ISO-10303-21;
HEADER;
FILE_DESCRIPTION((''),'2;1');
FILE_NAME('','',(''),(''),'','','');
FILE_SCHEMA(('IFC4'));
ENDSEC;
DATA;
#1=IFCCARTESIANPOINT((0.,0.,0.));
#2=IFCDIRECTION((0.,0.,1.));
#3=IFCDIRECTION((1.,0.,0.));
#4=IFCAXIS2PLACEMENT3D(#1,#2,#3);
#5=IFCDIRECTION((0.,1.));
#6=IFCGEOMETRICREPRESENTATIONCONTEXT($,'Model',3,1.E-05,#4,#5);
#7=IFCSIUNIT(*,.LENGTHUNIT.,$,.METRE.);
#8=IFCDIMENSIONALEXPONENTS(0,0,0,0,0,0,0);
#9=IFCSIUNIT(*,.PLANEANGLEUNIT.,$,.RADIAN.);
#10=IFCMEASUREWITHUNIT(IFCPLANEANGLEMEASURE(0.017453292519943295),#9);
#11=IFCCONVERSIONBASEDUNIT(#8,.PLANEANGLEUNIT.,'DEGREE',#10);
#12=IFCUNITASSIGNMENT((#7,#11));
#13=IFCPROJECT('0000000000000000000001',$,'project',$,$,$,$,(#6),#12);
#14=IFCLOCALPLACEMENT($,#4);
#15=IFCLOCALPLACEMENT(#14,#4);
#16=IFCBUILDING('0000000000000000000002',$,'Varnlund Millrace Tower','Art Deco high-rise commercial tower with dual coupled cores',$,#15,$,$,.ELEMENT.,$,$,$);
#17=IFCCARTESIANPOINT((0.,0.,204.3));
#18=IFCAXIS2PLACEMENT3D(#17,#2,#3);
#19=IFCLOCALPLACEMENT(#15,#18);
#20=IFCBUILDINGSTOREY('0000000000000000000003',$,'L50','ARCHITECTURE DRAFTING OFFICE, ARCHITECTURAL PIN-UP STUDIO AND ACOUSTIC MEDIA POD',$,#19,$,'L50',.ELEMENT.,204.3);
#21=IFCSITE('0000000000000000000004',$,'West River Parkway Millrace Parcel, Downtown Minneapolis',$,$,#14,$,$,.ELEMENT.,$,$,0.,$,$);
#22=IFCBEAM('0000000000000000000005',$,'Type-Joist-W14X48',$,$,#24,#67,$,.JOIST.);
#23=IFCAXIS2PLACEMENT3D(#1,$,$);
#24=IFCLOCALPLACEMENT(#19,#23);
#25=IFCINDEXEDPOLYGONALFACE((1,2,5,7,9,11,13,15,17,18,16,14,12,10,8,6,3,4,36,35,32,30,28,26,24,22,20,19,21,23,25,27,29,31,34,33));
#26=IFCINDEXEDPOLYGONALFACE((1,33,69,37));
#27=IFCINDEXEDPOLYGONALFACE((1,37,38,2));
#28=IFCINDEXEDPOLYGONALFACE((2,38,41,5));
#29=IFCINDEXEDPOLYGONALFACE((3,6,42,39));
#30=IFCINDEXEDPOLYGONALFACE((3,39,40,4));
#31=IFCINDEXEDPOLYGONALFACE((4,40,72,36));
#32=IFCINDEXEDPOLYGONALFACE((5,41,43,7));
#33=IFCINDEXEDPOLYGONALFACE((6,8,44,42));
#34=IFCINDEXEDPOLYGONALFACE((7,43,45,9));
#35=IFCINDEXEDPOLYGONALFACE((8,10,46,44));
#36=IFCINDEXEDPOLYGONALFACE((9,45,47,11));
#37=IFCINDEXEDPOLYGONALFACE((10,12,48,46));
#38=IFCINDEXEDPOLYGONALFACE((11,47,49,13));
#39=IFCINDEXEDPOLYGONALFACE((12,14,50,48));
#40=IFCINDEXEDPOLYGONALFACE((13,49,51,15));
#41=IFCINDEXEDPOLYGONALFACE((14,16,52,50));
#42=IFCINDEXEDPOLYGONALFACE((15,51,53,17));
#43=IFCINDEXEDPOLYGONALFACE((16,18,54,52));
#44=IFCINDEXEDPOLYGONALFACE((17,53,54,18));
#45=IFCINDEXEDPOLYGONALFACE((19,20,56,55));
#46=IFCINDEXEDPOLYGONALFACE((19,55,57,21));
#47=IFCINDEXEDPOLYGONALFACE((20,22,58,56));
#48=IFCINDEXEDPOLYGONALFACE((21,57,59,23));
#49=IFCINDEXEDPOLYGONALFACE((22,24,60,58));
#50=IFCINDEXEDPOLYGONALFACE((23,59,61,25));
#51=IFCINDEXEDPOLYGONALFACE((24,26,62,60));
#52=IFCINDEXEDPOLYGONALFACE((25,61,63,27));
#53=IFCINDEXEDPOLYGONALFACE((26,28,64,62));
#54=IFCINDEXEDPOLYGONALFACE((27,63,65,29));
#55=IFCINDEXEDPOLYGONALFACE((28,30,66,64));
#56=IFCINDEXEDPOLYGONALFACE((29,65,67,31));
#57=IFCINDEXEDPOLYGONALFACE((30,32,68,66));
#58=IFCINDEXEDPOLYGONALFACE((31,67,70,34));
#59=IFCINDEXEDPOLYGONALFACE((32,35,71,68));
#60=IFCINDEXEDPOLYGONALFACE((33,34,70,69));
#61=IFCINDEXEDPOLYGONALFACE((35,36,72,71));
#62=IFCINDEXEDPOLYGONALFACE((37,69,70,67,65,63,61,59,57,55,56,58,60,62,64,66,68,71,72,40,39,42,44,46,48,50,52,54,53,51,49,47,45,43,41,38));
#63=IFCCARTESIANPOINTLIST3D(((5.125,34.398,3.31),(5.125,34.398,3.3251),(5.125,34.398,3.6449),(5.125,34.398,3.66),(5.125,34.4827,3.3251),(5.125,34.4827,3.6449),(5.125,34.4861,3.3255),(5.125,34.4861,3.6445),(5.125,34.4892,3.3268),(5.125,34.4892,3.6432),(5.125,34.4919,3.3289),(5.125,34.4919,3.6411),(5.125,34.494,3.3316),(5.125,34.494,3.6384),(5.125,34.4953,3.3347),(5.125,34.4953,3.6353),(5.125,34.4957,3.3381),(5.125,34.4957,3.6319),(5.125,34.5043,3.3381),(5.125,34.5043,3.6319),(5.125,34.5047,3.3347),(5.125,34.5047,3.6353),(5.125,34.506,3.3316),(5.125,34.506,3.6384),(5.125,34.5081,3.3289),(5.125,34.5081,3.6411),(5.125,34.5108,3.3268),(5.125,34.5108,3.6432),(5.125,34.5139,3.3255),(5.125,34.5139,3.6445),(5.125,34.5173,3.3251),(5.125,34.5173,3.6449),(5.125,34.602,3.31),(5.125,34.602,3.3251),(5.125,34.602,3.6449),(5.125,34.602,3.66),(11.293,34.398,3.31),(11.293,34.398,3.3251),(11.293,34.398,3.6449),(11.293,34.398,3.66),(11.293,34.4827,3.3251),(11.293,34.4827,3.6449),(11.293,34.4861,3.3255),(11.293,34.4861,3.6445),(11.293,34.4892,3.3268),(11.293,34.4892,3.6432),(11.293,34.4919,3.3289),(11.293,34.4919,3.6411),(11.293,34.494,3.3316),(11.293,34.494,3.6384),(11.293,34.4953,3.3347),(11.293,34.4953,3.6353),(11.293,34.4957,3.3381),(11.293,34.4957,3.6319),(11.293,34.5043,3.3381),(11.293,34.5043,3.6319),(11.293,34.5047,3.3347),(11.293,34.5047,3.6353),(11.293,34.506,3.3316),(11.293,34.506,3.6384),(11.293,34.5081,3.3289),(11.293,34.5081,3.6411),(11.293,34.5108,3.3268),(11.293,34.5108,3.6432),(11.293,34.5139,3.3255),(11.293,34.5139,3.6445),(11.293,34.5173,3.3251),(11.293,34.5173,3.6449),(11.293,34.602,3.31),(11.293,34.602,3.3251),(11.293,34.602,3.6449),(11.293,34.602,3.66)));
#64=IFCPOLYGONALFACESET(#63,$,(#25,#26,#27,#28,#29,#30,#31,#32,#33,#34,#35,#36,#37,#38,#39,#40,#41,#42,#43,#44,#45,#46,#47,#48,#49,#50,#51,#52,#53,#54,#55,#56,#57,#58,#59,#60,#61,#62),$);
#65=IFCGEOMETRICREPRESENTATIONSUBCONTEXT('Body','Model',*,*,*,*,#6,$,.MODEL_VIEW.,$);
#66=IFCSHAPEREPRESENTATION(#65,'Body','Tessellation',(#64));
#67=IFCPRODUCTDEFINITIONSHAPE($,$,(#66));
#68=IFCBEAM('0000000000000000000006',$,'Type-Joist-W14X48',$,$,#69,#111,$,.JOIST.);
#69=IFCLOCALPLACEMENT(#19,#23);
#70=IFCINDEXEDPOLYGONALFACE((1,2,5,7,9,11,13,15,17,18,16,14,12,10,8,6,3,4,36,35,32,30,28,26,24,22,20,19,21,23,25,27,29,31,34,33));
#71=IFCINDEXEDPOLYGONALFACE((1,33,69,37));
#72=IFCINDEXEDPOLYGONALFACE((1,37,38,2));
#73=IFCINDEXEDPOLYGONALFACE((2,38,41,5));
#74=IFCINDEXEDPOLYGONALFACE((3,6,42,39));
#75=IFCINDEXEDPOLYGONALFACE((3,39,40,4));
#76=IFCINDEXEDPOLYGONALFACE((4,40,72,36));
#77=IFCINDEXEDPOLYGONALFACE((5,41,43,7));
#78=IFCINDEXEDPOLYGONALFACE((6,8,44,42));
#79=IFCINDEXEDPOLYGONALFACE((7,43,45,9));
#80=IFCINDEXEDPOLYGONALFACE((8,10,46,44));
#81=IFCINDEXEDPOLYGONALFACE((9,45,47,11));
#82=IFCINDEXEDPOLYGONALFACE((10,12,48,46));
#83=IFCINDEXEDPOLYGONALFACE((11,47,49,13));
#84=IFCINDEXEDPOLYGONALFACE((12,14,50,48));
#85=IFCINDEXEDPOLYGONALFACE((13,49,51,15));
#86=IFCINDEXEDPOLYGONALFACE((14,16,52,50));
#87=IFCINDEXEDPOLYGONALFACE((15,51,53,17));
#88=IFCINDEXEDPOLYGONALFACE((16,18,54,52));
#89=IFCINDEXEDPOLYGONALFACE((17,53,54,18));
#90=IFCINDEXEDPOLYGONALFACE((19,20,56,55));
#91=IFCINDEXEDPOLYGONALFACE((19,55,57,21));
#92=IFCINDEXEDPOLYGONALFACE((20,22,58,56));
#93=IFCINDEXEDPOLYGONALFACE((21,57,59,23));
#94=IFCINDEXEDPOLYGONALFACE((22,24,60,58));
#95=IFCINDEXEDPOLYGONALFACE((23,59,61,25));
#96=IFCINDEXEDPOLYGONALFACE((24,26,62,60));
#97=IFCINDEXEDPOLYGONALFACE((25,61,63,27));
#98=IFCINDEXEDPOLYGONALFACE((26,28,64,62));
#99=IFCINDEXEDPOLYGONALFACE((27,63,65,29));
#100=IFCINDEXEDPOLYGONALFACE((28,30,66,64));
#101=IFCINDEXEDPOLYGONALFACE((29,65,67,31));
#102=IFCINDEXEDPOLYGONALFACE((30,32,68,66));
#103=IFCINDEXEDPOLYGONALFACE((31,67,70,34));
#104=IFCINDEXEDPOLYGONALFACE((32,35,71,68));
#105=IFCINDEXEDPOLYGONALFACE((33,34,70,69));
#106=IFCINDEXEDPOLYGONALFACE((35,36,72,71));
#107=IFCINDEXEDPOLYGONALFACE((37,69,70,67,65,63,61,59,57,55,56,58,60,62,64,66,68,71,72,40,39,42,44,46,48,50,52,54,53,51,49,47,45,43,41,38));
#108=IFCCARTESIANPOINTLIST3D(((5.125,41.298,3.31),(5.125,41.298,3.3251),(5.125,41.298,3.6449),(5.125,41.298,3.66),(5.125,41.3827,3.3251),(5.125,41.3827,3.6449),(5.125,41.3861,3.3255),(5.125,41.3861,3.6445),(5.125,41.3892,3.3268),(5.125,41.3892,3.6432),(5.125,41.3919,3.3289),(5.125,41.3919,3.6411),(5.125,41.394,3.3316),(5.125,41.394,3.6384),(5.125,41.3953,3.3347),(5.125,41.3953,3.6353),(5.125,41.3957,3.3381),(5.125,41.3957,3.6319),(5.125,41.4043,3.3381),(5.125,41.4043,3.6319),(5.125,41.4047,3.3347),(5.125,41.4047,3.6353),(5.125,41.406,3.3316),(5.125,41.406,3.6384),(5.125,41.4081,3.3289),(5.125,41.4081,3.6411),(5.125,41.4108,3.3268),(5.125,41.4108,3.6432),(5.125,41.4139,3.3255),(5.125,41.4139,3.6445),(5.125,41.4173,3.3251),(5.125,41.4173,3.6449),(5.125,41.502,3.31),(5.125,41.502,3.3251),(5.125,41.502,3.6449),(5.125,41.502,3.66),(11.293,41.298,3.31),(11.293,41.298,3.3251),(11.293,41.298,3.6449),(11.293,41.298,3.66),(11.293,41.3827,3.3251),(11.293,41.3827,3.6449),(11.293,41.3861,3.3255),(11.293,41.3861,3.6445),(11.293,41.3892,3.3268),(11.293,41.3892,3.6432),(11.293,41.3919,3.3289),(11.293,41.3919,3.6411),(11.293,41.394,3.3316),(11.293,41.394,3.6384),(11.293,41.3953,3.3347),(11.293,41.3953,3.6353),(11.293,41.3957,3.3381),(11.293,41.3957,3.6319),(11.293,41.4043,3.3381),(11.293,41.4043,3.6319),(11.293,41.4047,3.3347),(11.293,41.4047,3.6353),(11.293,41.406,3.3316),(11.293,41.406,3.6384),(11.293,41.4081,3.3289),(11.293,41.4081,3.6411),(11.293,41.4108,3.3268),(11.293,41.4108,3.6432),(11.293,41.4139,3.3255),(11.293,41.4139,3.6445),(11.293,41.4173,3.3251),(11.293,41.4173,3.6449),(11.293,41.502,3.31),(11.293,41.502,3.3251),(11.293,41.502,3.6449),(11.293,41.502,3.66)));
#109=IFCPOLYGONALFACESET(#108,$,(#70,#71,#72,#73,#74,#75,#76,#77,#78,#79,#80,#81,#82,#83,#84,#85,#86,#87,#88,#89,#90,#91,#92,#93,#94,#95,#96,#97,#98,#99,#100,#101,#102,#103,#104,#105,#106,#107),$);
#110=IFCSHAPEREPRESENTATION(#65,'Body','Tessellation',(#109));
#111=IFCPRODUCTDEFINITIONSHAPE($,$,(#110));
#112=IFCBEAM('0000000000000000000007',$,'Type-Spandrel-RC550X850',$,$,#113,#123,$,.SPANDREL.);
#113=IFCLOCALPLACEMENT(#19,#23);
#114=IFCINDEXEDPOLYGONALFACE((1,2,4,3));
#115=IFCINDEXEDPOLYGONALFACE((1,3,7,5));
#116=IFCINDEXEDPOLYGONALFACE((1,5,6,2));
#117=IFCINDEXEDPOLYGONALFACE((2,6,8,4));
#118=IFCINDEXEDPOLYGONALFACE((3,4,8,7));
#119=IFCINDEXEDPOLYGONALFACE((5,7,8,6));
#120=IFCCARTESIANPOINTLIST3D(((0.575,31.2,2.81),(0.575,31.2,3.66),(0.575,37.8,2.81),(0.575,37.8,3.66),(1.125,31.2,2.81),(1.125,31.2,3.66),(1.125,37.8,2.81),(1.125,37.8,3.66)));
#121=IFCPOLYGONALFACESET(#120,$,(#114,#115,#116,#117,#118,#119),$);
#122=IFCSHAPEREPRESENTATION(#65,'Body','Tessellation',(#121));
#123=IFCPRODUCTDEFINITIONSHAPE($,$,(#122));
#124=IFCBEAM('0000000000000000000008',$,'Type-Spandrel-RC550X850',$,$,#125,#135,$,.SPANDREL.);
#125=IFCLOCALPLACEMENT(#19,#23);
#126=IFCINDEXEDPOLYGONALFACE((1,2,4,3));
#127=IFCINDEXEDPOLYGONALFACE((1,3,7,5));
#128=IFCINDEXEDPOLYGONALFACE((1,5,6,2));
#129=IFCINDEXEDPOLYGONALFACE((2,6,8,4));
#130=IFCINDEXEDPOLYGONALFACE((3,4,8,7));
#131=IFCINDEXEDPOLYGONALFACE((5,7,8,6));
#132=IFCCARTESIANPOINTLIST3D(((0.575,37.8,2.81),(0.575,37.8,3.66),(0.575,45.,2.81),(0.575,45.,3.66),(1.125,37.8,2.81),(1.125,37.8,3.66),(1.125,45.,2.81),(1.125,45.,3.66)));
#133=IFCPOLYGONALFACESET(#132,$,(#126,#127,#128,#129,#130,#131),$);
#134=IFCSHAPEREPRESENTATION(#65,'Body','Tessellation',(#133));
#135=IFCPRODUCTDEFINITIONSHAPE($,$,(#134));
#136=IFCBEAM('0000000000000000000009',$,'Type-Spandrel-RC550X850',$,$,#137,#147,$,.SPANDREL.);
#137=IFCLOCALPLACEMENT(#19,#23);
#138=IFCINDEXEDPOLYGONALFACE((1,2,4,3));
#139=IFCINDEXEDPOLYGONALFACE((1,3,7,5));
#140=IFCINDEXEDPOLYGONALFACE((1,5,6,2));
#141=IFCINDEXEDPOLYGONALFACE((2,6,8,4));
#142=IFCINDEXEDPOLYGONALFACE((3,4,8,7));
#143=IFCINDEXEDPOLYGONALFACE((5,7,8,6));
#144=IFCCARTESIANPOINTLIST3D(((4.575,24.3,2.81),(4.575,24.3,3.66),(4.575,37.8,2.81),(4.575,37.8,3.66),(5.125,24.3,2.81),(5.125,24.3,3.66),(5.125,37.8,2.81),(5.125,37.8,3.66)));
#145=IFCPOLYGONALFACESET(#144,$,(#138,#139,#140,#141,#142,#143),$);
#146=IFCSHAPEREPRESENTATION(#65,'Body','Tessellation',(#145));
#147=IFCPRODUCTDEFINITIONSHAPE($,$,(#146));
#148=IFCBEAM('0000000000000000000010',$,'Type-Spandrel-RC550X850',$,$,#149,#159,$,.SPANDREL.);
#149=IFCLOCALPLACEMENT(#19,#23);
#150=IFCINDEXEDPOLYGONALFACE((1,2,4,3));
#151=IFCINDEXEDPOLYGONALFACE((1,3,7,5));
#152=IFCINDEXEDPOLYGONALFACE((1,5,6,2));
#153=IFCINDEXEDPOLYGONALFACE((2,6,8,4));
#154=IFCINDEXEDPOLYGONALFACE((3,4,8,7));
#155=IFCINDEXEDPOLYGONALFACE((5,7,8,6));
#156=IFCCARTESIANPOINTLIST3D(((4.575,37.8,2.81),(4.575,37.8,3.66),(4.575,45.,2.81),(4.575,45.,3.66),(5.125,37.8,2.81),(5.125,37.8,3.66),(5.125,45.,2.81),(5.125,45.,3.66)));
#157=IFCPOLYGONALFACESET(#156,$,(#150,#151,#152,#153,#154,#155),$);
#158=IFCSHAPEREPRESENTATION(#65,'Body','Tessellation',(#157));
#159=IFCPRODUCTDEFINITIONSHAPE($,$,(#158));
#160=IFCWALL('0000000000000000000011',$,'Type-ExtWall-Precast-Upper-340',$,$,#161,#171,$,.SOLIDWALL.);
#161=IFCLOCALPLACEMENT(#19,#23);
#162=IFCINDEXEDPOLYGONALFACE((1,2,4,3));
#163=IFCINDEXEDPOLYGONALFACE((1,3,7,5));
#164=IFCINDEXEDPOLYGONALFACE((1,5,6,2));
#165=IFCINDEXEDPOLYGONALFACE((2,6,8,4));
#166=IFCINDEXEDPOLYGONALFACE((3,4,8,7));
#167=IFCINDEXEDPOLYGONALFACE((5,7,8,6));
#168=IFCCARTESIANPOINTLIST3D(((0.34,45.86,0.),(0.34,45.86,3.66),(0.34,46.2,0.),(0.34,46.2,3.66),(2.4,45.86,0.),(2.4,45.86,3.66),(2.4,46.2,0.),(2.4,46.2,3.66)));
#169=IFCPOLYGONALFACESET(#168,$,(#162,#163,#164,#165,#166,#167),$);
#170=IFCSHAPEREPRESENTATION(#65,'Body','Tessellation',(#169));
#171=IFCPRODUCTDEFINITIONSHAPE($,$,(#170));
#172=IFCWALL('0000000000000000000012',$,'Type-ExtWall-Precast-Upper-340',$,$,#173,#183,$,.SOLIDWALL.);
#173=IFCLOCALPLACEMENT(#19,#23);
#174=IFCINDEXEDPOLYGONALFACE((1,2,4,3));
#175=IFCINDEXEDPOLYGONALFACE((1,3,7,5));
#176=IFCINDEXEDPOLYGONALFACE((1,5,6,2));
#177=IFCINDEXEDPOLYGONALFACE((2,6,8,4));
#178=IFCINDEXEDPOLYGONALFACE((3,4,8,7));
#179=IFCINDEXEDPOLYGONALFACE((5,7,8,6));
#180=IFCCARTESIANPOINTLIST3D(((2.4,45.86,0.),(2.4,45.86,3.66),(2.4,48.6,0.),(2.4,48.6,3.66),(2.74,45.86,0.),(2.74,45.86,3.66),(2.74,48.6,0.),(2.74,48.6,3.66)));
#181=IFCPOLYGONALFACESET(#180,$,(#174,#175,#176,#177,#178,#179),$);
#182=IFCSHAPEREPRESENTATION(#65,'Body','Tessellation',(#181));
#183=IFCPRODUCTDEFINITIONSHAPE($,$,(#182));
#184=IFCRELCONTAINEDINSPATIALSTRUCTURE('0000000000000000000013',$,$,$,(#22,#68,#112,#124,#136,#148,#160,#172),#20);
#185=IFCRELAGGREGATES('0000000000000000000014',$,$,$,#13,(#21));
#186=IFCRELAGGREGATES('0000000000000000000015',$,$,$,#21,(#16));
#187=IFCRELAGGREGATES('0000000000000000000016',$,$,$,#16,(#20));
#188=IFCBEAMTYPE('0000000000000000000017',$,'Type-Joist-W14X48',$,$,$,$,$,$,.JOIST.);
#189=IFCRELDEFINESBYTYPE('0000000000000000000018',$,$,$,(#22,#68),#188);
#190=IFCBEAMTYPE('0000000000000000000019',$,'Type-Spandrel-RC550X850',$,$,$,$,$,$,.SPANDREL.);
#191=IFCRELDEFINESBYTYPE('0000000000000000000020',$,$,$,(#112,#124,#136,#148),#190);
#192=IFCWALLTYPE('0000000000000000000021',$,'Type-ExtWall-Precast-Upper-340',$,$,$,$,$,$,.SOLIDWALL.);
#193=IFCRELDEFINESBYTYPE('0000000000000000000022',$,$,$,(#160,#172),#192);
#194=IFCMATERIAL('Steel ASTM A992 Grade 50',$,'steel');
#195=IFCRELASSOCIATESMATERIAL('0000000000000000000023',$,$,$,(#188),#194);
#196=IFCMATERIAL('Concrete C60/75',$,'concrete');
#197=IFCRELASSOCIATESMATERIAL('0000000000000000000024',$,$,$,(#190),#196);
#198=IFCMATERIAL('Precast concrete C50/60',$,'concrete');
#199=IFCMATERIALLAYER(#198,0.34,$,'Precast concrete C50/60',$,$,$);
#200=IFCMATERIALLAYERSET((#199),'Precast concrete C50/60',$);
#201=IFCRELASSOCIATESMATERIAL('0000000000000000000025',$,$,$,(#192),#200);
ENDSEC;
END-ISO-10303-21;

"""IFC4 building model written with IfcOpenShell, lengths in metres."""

from ifc_helpers import new_model, entity, si_unit, converted_unit, direction, frame, origin_with_axes, origin_2d_with_axis, place, context, subcontext, project, spatial, polyline, rectangle, i_section, outline, extrude, material, layer, layer_set, material_profile, profile_set, type_object, element, save


model = new_model("IFC4")

# Units and contexts
model_context = context("Model", 3, precision=1e-05, world=origin_with_axes(), true_north=direction((0.0, 1.0)))
body_context = subcontext(model_context, "Body", "Model", "MODEL_VIEW")
ifc_project = project(units=[si_unit("LENGTHUNIT", "METRE"), converted_unit("PLANEANGLEUNIT", "DEGREE", entity("IfcPlaneAngleMeasure", 0.017453292519943295), si_unit("PLANEANGLEUNIT", "RADIAN"), dimensions=[0, 0, 0, 0, 0, 0, 0])], contexts=[model_context])

# Site, building, storey
site_placement = place(None, origin_with_axes())
site = spatial("IfcSite", under=ifc_project, at=site_placement, Name="West River Parkway Millrace Parcel, Downtown Minneapolis", CompositionType="ELEMENT", RefElevation=0.0)
building_placement = place(site_placement, origin_with_axes())
building = spatial("IfcBuilding", under=site, at=building_placement, Name="Varnlund Millrace Tower", Description="Art Deco high-rise commercial tower with dual coupled cores", CompositionType="ELEMENT")
storey_placement = place(building_placement, frame((0.0, 0.0, 204.3), z_axis=(0.0, 0.0, 1.0), x_axis=(1.0, 0.0, 0.0)))
storey = spatial("IfcBuildingStorey", under=building, at=storey_placement, Name="L50", Description="ARCHITECTURE DRAFTING OFFICE, ARCHITECTURAL PIN-UP STUDIO AND ACOUSTIC MEDIA POD", LongName="L50", CompositionType="ELEMENT", Elevation=204.3)

# Beams
ifc_material_1 = material(Name="Steel ASTM A992 Grade 50", Category="steel")
ifc_material_profile_1 = material_profile(ifc_material_1, i_section(OverallWidth=0.204, OverallDepth=0.35, WebThickness=0.0086, FlangeThickness=0.0151, FilletRadius=0.013, at=origin_2d_with_axis()), Name="Steel ASTM A992 Grade 50")
ifc_profile_set_1 = profile_set([ifc_material_profile_1], Name="Steel ASTM A992 Grade 50")
beam_type_1 = type_object("IfcBeamType", Name="Type-Joist-W14X48", PredefinedType="JOIST", material=ifc_profile_set_1)
for number, where, z_axis, x_axis, name in (
    (1, (5.125, 34.5, 3.485), (1.0, 0.0, 0.0), (0.0, 1.0, 0.0), "Type-Joist-W14X48"),
    (2, (5.125, 41.4, 3.485), (1.0, 0.0, 0.0), (0.0, 1.0, 0.0), "Type-Joist-W14X48"),
):
    element("IfcBeam", number, at=place(storey_placement, frame(where, z_axis=z_axis, x_axis=x_axis)), inside=storey, type_object=beam_type_1, Name=name, PredefinedType="JOIST", context=body_context, shape_type="SweptSolid", body=[
        extrude(i_section(OverallWidth=0.204, OverallDepth=0.35, WebThickness=0.0086, FlangeThickness=0.0151, FilletRadius=0.013, at=origin_2d_with_axis()), origin_with_axes(), (0.0, 0.0, 1.0), 6.168),
    ])
ifc_material_2 = material(Name="Concrete C60/75", Category="concrete")
ifc_material_profile_2 = material_profile(ifc_material_2, rectangle(XDim=0.55, YDim=0.85, at=origin_2d_with_axis()), Name="Concrete C60/75")
ifc_profile_set_2 = profile_set([ifc_material_profile_2], Name="Concrete C60/75")
beam_type_2 = type_object("IfcBeamType", Name="Type-Spandrel-RC550X850", PredefinedType="SPANDREL", material=ifc_profile_set_2)
beam_1_placement = place(storey_placement, frame((0.85, 31.2, 3.235), z_axis=(0.0, 1.0, 0.0), x_axis=(-1.0, 0.0, 0.0)))
element("IfcBeam", 3, at=beam_1_placement, inside=storey, type_object=beam_type_2, Name="Type-Spandrel-RC550X850", PredefinedType="SPANDREL", context=body_context, shape_type="SweptSolid", body=[
    extrude(rectangle(XDim=0.55, YDim=0.85, at=origin_2d_with_axis()), origin_with_axes(), (0.0, 0.0, 1.0), 6.6),
])
beam_2_placement = place(storey_placement, frame((0.85, 37.8, 3.235), z_axis=(0.0, 1.0, 0.0), x_axis=(-1.0, 0.0, 0.0)))
element("IfcBeam", 4, at=beam_2_placement, inside=storey, type_object=beam_type_2, Name="Type-Spandrel-RC550X850", PredefinedType="SPANDREL", context=body_context, shape_type="SweptSolid", body=[
    extrude(rectangle(XDim=0.55, YDim=0.85, at=origin_2d_with_axis()), origin_with_axes(), (0.0, 0.0, 1.0), 7.2),
])
beam_3_placement = place(storey_placement, frame((4.85, 24.3, 3.235), z_axis=(0.0, 1.0, 0.0), x_axis=(-1.0, 0.0, 0.0)))
element("IfcBeam", 5, at=beam_3_placement, inside=storey, type_object=beam_type_2, Name="Type-Spandrel-RC550X850", PredefinedType="SPANDREL", context=body_context, shape_type="SweptSolid", body=[
    extrude(rectangle(XDim=0.55, YDim=0.85, at=origin_2d_with_axis()), origin_with_axes(), (0.0, 0.0, 1.0), 13.5),
])
beam_4_placement = place(storey_placement, frame((4.85, 37.8, 3.235), z_axis=(0.0, 1.0, 0.0), x_axis=(-1.0, 0.0, 0.0)))
element("IfcBeam", 6, at=beam_4_placement, inside=storey, type_object=beam_type_2, Name="Type-Spandrel-RC550X850", PredefinedType="SPANDREL", context=body_context, shape_type="SweptSolid", body=[
    extrude(rectangle(XDim=0.55, YDim=0.85, at=origin_2d_with_axis()), origin_with_axes(), (0.0, 0.0, 1.0), 7.2),
])

# Walls
ifc_material_3 = material(Name="Precast concrete C50/60", Category="concrete")
ifc_layer = layer(ifc_material_3, 0.34, Name="Precast concrete C50/60")
ifc_layer_set = layer_set([ifc_layer], Name="Precast concrete C50/60")
wall_type = type_object("IfcWallType", Name="Type-ExtWall-Precast-Upper-340", PredefinedType="SOLIDWALL", material=ifc_layer_set)
wall_1_placement = place(storey_placement, frame((0.34, 46.03, 0.0), z_axis=(0.0, 0.0, 1.0), x_axis=(1.0, 0.0, 0.0)))
element("IfcWall", 7, at=wall_1_placement, inside=storey, type_object=wall_type, Name="Type-ExtWall-Precast-Upper-340", PredefinedType="SOLIDWALL", context=body_context, shape_type="SweptSolid", body=[
    extrude(outline(polyline([(0.0, -0.17), (2.06, -0.17), (2.06, 0.17), (0.0, 0.17), (0.0, -0.17)])), origin_with_axes(), (0.0, 0.0, 1.0), 3.66),
])
wall_2_placement = place(storey_placement, frame((2.57, 45.86, 0.0), z_axis=(0.0, 0.0, 1.0), x_axis=(0.0, 1.0, 0.0)))
element("IfcWall", 8, at=wall_2_placement, inside=storey, type_object=wall_type, Name="Type-ExtWall-Precast-Upper-340", PredefinedType="SOLIDWALL", context=body_context, shape_type="SweptSolid", body=[
    extrude(outline(polyline([(0.0, -0.17), (2.74, -0.17), (2.74, 0.17), (0.0, 0.17), (0.0, -0.17)])), origin_with_axes(), (0.0, 0.0, 1.0), 3.66),
])

save(model, "model.ifc")
